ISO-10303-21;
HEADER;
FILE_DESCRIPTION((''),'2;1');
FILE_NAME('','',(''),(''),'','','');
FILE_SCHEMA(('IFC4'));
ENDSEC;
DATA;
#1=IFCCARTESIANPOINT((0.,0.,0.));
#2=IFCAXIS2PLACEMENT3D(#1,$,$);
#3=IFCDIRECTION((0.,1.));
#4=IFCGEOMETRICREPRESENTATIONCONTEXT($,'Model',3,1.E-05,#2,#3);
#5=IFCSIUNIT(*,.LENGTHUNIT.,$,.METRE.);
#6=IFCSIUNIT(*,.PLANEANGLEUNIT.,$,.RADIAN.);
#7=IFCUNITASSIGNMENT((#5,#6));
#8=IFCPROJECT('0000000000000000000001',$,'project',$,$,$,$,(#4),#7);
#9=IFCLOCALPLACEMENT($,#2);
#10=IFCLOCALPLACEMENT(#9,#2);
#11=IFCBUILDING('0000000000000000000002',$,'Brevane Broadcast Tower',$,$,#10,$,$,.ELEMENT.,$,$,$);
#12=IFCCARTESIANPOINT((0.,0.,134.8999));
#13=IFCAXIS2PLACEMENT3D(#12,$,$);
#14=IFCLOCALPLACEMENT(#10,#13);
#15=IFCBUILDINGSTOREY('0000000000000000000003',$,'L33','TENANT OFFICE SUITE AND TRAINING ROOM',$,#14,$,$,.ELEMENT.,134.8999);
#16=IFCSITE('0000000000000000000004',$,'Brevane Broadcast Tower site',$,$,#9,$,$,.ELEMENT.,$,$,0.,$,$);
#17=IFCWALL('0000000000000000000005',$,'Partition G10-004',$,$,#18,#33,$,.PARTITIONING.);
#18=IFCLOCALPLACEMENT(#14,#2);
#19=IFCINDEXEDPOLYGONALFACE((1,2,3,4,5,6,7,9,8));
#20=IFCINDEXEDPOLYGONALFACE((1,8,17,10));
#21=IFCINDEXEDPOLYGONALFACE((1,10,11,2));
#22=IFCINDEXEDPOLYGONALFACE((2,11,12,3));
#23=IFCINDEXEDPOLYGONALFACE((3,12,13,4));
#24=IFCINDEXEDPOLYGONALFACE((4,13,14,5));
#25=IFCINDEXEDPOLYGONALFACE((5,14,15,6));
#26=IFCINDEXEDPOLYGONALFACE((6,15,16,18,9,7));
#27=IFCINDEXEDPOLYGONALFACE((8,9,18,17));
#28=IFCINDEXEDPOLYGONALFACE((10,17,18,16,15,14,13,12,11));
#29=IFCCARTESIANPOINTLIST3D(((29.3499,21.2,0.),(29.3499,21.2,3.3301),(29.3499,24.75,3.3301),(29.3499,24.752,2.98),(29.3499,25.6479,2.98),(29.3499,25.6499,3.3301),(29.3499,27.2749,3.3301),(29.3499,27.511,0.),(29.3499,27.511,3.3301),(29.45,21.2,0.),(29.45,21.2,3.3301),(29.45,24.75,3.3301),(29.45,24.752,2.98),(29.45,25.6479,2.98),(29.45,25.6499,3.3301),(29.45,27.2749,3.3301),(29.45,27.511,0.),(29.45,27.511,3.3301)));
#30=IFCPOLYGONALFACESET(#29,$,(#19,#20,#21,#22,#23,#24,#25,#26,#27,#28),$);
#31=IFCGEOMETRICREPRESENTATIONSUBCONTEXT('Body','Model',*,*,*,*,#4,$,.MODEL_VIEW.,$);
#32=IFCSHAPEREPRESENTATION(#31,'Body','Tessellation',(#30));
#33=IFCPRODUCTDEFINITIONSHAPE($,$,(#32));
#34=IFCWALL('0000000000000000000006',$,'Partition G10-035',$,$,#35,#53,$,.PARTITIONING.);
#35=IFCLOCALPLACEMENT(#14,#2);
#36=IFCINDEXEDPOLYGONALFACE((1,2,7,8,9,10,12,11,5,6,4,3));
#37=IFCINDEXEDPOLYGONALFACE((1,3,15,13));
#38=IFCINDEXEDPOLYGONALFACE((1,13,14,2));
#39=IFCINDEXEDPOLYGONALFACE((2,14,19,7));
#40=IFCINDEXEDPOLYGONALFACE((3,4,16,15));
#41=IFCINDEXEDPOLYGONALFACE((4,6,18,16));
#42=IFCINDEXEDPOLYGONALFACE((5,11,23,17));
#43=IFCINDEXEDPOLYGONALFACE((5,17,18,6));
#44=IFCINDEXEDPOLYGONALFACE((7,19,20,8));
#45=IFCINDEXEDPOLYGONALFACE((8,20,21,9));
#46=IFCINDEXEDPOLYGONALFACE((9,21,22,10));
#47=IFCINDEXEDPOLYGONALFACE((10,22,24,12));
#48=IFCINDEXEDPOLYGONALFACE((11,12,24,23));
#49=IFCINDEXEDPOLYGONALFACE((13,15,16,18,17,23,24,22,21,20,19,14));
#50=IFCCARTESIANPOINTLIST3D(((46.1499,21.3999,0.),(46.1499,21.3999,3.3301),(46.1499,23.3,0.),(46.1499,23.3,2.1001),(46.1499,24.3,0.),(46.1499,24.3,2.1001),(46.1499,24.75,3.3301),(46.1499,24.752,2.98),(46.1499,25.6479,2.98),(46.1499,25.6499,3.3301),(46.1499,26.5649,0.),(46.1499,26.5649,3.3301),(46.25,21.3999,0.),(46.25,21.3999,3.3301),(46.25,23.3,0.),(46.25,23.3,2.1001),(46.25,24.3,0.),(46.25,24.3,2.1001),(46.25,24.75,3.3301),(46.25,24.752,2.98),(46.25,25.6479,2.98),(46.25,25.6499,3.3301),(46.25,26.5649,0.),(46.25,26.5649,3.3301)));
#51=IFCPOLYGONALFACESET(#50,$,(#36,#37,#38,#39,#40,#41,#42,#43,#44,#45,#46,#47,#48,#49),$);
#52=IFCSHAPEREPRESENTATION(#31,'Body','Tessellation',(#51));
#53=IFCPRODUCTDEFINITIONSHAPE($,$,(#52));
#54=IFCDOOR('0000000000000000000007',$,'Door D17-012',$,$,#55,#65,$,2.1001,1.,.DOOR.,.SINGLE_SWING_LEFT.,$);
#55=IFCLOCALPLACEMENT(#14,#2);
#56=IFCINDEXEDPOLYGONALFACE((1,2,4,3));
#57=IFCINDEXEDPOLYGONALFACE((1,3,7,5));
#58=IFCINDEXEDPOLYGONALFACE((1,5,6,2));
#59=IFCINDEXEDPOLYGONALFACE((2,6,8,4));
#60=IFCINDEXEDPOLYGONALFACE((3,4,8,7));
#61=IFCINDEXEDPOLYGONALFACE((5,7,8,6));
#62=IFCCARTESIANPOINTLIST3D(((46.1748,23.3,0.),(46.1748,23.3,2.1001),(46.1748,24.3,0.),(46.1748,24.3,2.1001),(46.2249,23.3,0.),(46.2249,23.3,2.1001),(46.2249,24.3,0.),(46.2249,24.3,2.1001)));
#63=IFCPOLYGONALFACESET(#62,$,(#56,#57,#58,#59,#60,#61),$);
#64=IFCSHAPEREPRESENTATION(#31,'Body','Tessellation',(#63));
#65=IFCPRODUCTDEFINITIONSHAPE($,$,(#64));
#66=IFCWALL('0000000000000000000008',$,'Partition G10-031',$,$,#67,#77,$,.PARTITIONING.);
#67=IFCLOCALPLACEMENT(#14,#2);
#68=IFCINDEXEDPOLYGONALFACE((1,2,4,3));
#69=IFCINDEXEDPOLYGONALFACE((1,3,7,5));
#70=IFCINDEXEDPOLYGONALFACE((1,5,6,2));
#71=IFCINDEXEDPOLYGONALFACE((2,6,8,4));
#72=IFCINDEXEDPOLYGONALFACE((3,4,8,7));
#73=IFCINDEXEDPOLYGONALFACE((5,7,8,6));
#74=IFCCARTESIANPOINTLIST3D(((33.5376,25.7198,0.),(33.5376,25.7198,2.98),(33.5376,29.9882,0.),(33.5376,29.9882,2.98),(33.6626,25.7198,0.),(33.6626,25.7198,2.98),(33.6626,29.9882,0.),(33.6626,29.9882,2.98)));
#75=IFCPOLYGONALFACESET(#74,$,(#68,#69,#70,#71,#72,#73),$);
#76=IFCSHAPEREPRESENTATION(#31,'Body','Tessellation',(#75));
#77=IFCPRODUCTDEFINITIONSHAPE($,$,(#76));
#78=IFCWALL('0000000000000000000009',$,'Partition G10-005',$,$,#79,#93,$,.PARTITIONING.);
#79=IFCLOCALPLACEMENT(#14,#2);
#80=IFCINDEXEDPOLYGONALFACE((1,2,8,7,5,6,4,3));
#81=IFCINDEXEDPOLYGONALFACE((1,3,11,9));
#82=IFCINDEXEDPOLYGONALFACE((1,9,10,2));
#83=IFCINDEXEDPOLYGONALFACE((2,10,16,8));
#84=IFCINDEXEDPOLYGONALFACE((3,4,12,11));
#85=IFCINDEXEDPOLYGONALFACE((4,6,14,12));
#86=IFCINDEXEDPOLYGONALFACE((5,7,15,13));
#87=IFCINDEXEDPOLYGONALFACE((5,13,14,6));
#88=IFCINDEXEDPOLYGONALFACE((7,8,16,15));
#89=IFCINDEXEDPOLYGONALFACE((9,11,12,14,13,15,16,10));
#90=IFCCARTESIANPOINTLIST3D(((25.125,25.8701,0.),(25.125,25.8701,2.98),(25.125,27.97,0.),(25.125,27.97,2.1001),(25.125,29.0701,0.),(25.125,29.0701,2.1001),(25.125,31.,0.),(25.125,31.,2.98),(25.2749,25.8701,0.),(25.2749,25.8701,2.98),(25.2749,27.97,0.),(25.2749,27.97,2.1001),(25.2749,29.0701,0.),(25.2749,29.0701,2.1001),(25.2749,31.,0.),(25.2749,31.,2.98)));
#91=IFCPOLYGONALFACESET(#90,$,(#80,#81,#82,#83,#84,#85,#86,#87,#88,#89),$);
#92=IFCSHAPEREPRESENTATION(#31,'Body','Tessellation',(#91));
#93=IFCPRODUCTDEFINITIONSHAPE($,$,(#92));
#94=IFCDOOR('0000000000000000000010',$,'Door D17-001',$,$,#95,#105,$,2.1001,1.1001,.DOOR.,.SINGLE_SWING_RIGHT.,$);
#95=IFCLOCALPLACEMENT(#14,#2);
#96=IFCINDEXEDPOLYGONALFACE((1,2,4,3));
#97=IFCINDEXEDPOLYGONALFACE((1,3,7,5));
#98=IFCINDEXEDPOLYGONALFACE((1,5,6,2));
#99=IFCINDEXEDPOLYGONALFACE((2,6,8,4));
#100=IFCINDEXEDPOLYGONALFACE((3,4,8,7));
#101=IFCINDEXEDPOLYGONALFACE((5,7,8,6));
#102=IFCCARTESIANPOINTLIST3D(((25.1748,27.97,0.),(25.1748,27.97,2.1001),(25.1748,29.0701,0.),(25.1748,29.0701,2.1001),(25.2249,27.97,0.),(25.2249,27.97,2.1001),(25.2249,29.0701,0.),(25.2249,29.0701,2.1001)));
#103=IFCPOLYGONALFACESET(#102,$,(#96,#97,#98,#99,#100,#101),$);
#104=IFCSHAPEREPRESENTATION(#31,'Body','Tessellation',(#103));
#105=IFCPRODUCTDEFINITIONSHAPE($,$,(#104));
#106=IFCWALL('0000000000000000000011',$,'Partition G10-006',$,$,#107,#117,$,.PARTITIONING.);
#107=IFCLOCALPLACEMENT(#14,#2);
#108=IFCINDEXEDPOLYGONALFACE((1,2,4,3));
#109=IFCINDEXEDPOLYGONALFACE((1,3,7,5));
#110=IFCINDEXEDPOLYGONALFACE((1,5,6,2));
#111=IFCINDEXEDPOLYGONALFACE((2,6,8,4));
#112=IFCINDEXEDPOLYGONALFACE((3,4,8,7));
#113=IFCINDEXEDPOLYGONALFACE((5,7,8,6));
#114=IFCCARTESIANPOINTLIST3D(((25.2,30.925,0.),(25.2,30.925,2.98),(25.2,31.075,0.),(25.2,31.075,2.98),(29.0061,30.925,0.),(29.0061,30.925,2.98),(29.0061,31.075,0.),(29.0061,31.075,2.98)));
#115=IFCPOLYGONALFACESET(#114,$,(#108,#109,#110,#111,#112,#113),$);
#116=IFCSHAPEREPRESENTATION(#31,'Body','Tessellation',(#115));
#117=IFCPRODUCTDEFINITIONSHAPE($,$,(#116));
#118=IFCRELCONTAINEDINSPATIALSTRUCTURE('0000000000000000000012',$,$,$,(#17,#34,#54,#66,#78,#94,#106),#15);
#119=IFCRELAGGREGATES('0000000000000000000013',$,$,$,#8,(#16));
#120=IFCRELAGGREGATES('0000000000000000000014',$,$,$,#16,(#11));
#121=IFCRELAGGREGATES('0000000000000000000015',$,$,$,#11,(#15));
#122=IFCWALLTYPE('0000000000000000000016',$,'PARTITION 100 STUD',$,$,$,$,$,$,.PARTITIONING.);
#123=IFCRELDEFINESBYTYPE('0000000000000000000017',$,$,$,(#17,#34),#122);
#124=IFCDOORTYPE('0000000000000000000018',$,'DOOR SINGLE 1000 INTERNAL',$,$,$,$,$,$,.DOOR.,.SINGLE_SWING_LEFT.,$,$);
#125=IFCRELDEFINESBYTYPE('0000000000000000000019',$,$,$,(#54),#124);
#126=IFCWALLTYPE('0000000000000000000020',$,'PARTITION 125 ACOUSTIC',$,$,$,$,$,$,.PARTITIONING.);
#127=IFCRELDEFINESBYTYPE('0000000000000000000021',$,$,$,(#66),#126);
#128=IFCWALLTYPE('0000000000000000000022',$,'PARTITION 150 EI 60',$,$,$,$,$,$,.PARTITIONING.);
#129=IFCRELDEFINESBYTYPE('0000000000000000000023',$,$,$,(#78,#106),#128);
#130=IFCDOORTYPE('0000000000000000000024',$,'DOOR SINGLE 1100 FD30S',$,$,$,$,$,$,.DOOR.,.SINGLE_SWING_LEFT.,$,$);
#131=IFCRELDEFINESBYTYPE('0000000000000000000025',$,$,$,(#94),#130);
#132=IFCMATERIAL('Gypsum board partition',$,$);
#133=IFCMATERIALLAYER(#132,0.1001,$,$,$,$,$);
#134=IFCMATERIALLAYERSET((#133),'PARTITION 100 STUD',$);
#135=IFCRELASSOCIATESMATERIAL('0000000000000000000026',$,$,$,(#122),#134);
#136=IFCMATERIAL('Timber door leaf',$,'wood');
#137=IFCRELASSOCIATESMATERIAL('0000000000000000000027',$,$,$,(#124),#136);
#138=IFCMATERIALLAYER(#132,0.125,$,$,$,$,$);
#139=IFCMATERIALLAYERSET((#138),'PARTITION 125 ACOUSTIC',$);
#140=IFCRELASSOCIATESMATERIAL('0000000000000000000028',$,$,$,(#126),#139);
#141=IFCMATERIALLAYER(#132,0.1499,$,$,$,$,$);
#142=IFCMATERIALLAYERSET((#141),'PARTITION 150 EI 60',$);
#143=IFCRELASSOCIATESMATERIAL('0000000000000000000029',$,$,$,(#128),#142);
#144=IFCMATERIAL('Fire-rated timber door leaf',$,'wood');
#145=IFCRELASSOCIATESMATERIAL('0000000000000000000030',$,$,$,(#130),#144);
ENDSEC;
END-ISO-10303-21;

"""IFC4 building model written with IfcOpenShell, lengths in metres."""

from ifc_helpers import new_model, si_unit, direction, frame, frame_2d, origin, place, context, subcontext, project, spatial, polyline, rectangle, outline, extrude, material, layer, layer_set, type_object, element, fill, save


model = new_model("IFC4")

# Units and contexts
model_context = context("Model", 3, precision=1e-05, world=origin(), true_north=direction((0.0, 1.0)))
body_context = subcontext(model_context, "Body", "Model", "MODEL_VIEW")
ifc_project = project(units=[si_unit("LENGTHUNIT", "METRE"), si_unit("PLANEANGLEUNIT", "RADIAN")], contexts=[model_context])

# Site, building, storey
site_placement = place(None, origin())
site = spatial("IfcSite", under=ifc_project, at=site_placement, Name="Brevane Broadcast Tower site", CompositionType="ELEMENT", RefElevation=0.0)
building_placement = place(site_placement, origin())
building = spatial("IfcBuilding", under=site, at=building_placement, Name="Brevane Broadcast Tower", CompositionType="ELEMENT")
storey_placement = place(building_placement, frame((0.0, 0.0, 134.8999)))
storey = spatial("IfcBuildingStorey", under=building, at=storey_placement, Name="L33", Description="TENANT OFFICE SUITE AND TRAINING ROOM", CompositionType="ELEMENT", Elevation=134.8999)

# Wall
ifc_material_1 = material(Name="Gypsum board partition")
ifc_layer_1 = layer(ifc_material_1, 0.1001)
ifc_layer_set_1 = layer_set([ifc_layer_1], Name="PARTITION 100 STUD")
wall_type_1 = type_object("IfcWallType", Name="PARTITION 100 STUD", PredefinedType="PARTITIONING", material=ifc_layer_set_1)
wall_1_placement = place(storey_placement, frame((29.3999, 27.511, 0.0), z_axis=(0.0, 0.0, 1.0), x_axis=(0.0, -1.0, 0.0)))
element("IfcWall", 1, at=wall_1_placement, inside=storey, type_object=wall_type_1, Name="Partition G10-004", PredefinedType="PARTITIONING", context=body_context, shape_type="SweptSolid", body=[
    extrude(outline(polyline([(0.0, 0.0), (6.311, 0.0), (6.311, 3.3301), (2.761, 3.3301), (2.759, 2.98), (1.863, 2.98), (1.8611, 3.3301), (0.2361, 3.3301), (0.0, 3.3301), (0.0, 0.0)])), frame((0.0, 0.05, 0.0), z_axis=(0.0, -1.0, 0.0), x_axis=(1.0, 0.0, 0.0)), (0.0, 0.0, 1.0), 0.1001),
])

# Wall, opening, door
wall_2_placement = place(storey_placement, frame((46.2, 26.5649, 0.0), z_axis=(0.0, 0.0, 1.0), x_axis=(0.0, -1.0, 0.0)))
wall_2 = element("IfcWall", 2, at=wall_2_placement, inside=storey, type_object=wall_type_1, Name="Partition G10-035", PredefinedType="PARTITIONING", context=body_context, shape_type="SweptSolid", body=[
    extrude(outline(polyline([(0.0, 0.0), (5.165, 0.0), (5.165, 3.3301), (1.8149, 3.3301), (1.813, 2.98), (0.917, 2.98), (0.915, 3.3301), (0.2649, 3.3301), (0.0, 3.3301), (0.0, 0.0)])), frame((0.0, 0.05, 0.0), z_axis=(0.0, -1.0, 0.0), x_axis=(1.0, 0.0, 0.0)), (0.0, 0.0, 1.0), 0.1001),
])
opening_1_placement = place(wall_2_placement, frame((2.2649, 0.0, 0.0)))
opening_1 = element("IfcOpeningElement", 3, at=opening_1_placement, cuts=wall_2, PredefinedType="OPENING", context=body_context, shape_type="SweptSolid", body=[
    extrude(rectangle(XDim=1.0, YDim=2.1001, at=frame_2d((0.5, 1.05))), frame((0.0, 0.0601, 0.0), z_axis=(0.0, -1.0, 0.0), x_axis=(1.0, 0.0, 0.0)), (0.0, 0.0, 1.0), 0.1201),
])
ifc_material_2 = material(Name="Timber door leaf", Category="wood")
door_type_1 = type_object("IfcDoorType", Name="DOOR SINGLE 1000 INTERNAL", OperationType="SINGLE_SWING_LEFT", PredefinedType="DOOR", material=ifc_material_2)
door_1_placement = place(opening_1_placement, origin())
door_1 = element("IfcDoor", 4, at=door_1_placement, inside=storey, type_object=door_type_1, Name="Door D17-012", OperationType="SINGLE_SWING_LEFT", OverallHeight=2.1001, OverallWidth=1.0, PredefinedType="DOOR", context=body_context, shape_type="SweptSolid", body=[
    extrude(rectangle(XDim=1.0, YDim=2.1001, at=frame_2d((0.5, 1.05))), frame((0.0, 0.0249, 0.0), z_axis=(0.0, -1.0, 0.0), x_axis=(1.0, 0.0, 0.0)), (0.0, 0.0, 1.0), 0.05),
])
fill(opening_1, door_1)

# Wall
ifc_layer_2 = layer(ifc_material_1, 0.125)
ifc_layer_set_2 = layer_set([ifc_layer_2], Name="PARTITION 125 ACOUSTIC")
wall_type_2 = type_object("IfcWallType", Name="PARTITION 125 ACOUSTIC", PredefinedType="PARTITIONING", material=ifc_layer_set_2)
wall_3_placement = place(storey_placement, frame((33.6001, 29.9883, 0.0), z_axis=(0.0, 0.0, 1.0), x_axis=(0.0, -1.0, 0.0)))
element("IfcWall", 5, at=wall_3_placement, inside=storey, type_object=wall_type_2, Name="Partition G10-031", PredefinedType="PARTITIONING", context=body_context, shape_type="SweptSolid", body=[
    extrude(rectangle(XDim=4.2683, YDim=0.125, at=frame_2d((2.1343, 0.0))), origin(), (0.0, 0.0, 1.0), 2.98),
])

# Wall, opening, door
ifc_layer_3 = layer(ifc_material_1, 0.1499)
ifc_layer_set_3 = layer_set([ifc_layer_3], Name="PARTITION 150 EI 60")
wall_type_3 = type_object("IfcWallType", Name="PARTITION 150 EI 60", PredefinedType="PARTITIONING", material=ifc_layer_set_3)
wall_4_placement = place(storey_placement, frame((25.2, 31.0, 0.0), z_axis=(0.0, 0.0, 1.0), x_axis=(0.0, -1.0, 0.0)))
wall_4 = element("IfcWall", 6, at=wall_4_placement, inside=storey, type_object=wall_type_3, Name="Partition G10-005", PredefinedType="PARTITIONING", context=body_context, shape_type="SweptSolid", body=[
    extrude(outline(polyline([(0.0, 0.0), (5.1299, 0.0), (5.1299, 2.98), (0.0, 2.98), (0.0, 0.0)])), frame((0.0, 0.075, 0.0), z_axis=(0.0, -1.0, 0.0), x_axis=(1.0, 0.0, 0.0)), (0.0, 0.0, 1.0), 0.1499),
])
opening_2_placement = place(wall_4_placement, frame((1.9299, 0.0, 0.0)))
opening_2 = element("IfcOpeningElement", 7, at=opening_2_placement, cuts=wall_4, PredefinedType="OPENING", context=body_context, shape_type="SweptSolid", body=[
    extrude(rectangle(XDim=1.1001, YDim=2.1001, at=frame_2d((0.55, 1.05))), frame((0.0, 0.085, 0.0), z_axis=(0.0, -1.0, 0.0), x_axis=(1.0, 0.0, 0.0)), (0.0, 0.0, 1.0), 0.1699),
])
ifc_material_3 = material(Name="Fire-rated timber door leaf", Category="wood")
door_type_2 = type_object("IfcDoorType", Name="DOOR SINGLE 1100 FD30S", OperationType="SINGLE_SWING_LEFT", PredefinedType="DOOR", material=ifc_material_3)
door_2_placement = place(opening_2_placement, origin())
door_2 = element("IfcDoor", 8, at=door_2_placement, inside=storey, type_object=door_type_2, Name="Door D17-001", OperationType="SINGLE_SWING_RIGHT", OverallHeight=2.1001, OverallWidth=1.1001, PredefinedType="DOOR", context=body_context, shape_type="SweptSolid", body=[
    extrude(rectangle(XDim=1.1001, YDim=2.1001, at=frame_2d((0.55, 1.05))), frame((0.0, 0.0249, 0.0), z_axis=(0.0, -1.0, 0.0), x_axis=(1.0, 0.0, 0.0)), (0.0, 0.0, 1.0), 0.05),
])
fill(opening_2, door_2)

# Wall
wall_5_placement = place(storey_placement, frame((25.2, 31.0, 0.0), z_axis=(0.0, 0.0, 1.0), x_axis=(1.0, 0.0, 0.0)))
element("IfcWall", 9, at=wall_5_placement, inside=storey, type_object=wall_type_3, Name="Partition G10-006", PredefinedType="PARTITIONING", context=body_context, shape_type="SweptSolid", body=[
    extrude(rectangle(XDim=3.8062, YDim=0.1499, at=frame_2d((1.9031, 0.0))), origin(), (0.0, 0.0, 1.0), 2.98),
])

save(model, "model.ifc")
